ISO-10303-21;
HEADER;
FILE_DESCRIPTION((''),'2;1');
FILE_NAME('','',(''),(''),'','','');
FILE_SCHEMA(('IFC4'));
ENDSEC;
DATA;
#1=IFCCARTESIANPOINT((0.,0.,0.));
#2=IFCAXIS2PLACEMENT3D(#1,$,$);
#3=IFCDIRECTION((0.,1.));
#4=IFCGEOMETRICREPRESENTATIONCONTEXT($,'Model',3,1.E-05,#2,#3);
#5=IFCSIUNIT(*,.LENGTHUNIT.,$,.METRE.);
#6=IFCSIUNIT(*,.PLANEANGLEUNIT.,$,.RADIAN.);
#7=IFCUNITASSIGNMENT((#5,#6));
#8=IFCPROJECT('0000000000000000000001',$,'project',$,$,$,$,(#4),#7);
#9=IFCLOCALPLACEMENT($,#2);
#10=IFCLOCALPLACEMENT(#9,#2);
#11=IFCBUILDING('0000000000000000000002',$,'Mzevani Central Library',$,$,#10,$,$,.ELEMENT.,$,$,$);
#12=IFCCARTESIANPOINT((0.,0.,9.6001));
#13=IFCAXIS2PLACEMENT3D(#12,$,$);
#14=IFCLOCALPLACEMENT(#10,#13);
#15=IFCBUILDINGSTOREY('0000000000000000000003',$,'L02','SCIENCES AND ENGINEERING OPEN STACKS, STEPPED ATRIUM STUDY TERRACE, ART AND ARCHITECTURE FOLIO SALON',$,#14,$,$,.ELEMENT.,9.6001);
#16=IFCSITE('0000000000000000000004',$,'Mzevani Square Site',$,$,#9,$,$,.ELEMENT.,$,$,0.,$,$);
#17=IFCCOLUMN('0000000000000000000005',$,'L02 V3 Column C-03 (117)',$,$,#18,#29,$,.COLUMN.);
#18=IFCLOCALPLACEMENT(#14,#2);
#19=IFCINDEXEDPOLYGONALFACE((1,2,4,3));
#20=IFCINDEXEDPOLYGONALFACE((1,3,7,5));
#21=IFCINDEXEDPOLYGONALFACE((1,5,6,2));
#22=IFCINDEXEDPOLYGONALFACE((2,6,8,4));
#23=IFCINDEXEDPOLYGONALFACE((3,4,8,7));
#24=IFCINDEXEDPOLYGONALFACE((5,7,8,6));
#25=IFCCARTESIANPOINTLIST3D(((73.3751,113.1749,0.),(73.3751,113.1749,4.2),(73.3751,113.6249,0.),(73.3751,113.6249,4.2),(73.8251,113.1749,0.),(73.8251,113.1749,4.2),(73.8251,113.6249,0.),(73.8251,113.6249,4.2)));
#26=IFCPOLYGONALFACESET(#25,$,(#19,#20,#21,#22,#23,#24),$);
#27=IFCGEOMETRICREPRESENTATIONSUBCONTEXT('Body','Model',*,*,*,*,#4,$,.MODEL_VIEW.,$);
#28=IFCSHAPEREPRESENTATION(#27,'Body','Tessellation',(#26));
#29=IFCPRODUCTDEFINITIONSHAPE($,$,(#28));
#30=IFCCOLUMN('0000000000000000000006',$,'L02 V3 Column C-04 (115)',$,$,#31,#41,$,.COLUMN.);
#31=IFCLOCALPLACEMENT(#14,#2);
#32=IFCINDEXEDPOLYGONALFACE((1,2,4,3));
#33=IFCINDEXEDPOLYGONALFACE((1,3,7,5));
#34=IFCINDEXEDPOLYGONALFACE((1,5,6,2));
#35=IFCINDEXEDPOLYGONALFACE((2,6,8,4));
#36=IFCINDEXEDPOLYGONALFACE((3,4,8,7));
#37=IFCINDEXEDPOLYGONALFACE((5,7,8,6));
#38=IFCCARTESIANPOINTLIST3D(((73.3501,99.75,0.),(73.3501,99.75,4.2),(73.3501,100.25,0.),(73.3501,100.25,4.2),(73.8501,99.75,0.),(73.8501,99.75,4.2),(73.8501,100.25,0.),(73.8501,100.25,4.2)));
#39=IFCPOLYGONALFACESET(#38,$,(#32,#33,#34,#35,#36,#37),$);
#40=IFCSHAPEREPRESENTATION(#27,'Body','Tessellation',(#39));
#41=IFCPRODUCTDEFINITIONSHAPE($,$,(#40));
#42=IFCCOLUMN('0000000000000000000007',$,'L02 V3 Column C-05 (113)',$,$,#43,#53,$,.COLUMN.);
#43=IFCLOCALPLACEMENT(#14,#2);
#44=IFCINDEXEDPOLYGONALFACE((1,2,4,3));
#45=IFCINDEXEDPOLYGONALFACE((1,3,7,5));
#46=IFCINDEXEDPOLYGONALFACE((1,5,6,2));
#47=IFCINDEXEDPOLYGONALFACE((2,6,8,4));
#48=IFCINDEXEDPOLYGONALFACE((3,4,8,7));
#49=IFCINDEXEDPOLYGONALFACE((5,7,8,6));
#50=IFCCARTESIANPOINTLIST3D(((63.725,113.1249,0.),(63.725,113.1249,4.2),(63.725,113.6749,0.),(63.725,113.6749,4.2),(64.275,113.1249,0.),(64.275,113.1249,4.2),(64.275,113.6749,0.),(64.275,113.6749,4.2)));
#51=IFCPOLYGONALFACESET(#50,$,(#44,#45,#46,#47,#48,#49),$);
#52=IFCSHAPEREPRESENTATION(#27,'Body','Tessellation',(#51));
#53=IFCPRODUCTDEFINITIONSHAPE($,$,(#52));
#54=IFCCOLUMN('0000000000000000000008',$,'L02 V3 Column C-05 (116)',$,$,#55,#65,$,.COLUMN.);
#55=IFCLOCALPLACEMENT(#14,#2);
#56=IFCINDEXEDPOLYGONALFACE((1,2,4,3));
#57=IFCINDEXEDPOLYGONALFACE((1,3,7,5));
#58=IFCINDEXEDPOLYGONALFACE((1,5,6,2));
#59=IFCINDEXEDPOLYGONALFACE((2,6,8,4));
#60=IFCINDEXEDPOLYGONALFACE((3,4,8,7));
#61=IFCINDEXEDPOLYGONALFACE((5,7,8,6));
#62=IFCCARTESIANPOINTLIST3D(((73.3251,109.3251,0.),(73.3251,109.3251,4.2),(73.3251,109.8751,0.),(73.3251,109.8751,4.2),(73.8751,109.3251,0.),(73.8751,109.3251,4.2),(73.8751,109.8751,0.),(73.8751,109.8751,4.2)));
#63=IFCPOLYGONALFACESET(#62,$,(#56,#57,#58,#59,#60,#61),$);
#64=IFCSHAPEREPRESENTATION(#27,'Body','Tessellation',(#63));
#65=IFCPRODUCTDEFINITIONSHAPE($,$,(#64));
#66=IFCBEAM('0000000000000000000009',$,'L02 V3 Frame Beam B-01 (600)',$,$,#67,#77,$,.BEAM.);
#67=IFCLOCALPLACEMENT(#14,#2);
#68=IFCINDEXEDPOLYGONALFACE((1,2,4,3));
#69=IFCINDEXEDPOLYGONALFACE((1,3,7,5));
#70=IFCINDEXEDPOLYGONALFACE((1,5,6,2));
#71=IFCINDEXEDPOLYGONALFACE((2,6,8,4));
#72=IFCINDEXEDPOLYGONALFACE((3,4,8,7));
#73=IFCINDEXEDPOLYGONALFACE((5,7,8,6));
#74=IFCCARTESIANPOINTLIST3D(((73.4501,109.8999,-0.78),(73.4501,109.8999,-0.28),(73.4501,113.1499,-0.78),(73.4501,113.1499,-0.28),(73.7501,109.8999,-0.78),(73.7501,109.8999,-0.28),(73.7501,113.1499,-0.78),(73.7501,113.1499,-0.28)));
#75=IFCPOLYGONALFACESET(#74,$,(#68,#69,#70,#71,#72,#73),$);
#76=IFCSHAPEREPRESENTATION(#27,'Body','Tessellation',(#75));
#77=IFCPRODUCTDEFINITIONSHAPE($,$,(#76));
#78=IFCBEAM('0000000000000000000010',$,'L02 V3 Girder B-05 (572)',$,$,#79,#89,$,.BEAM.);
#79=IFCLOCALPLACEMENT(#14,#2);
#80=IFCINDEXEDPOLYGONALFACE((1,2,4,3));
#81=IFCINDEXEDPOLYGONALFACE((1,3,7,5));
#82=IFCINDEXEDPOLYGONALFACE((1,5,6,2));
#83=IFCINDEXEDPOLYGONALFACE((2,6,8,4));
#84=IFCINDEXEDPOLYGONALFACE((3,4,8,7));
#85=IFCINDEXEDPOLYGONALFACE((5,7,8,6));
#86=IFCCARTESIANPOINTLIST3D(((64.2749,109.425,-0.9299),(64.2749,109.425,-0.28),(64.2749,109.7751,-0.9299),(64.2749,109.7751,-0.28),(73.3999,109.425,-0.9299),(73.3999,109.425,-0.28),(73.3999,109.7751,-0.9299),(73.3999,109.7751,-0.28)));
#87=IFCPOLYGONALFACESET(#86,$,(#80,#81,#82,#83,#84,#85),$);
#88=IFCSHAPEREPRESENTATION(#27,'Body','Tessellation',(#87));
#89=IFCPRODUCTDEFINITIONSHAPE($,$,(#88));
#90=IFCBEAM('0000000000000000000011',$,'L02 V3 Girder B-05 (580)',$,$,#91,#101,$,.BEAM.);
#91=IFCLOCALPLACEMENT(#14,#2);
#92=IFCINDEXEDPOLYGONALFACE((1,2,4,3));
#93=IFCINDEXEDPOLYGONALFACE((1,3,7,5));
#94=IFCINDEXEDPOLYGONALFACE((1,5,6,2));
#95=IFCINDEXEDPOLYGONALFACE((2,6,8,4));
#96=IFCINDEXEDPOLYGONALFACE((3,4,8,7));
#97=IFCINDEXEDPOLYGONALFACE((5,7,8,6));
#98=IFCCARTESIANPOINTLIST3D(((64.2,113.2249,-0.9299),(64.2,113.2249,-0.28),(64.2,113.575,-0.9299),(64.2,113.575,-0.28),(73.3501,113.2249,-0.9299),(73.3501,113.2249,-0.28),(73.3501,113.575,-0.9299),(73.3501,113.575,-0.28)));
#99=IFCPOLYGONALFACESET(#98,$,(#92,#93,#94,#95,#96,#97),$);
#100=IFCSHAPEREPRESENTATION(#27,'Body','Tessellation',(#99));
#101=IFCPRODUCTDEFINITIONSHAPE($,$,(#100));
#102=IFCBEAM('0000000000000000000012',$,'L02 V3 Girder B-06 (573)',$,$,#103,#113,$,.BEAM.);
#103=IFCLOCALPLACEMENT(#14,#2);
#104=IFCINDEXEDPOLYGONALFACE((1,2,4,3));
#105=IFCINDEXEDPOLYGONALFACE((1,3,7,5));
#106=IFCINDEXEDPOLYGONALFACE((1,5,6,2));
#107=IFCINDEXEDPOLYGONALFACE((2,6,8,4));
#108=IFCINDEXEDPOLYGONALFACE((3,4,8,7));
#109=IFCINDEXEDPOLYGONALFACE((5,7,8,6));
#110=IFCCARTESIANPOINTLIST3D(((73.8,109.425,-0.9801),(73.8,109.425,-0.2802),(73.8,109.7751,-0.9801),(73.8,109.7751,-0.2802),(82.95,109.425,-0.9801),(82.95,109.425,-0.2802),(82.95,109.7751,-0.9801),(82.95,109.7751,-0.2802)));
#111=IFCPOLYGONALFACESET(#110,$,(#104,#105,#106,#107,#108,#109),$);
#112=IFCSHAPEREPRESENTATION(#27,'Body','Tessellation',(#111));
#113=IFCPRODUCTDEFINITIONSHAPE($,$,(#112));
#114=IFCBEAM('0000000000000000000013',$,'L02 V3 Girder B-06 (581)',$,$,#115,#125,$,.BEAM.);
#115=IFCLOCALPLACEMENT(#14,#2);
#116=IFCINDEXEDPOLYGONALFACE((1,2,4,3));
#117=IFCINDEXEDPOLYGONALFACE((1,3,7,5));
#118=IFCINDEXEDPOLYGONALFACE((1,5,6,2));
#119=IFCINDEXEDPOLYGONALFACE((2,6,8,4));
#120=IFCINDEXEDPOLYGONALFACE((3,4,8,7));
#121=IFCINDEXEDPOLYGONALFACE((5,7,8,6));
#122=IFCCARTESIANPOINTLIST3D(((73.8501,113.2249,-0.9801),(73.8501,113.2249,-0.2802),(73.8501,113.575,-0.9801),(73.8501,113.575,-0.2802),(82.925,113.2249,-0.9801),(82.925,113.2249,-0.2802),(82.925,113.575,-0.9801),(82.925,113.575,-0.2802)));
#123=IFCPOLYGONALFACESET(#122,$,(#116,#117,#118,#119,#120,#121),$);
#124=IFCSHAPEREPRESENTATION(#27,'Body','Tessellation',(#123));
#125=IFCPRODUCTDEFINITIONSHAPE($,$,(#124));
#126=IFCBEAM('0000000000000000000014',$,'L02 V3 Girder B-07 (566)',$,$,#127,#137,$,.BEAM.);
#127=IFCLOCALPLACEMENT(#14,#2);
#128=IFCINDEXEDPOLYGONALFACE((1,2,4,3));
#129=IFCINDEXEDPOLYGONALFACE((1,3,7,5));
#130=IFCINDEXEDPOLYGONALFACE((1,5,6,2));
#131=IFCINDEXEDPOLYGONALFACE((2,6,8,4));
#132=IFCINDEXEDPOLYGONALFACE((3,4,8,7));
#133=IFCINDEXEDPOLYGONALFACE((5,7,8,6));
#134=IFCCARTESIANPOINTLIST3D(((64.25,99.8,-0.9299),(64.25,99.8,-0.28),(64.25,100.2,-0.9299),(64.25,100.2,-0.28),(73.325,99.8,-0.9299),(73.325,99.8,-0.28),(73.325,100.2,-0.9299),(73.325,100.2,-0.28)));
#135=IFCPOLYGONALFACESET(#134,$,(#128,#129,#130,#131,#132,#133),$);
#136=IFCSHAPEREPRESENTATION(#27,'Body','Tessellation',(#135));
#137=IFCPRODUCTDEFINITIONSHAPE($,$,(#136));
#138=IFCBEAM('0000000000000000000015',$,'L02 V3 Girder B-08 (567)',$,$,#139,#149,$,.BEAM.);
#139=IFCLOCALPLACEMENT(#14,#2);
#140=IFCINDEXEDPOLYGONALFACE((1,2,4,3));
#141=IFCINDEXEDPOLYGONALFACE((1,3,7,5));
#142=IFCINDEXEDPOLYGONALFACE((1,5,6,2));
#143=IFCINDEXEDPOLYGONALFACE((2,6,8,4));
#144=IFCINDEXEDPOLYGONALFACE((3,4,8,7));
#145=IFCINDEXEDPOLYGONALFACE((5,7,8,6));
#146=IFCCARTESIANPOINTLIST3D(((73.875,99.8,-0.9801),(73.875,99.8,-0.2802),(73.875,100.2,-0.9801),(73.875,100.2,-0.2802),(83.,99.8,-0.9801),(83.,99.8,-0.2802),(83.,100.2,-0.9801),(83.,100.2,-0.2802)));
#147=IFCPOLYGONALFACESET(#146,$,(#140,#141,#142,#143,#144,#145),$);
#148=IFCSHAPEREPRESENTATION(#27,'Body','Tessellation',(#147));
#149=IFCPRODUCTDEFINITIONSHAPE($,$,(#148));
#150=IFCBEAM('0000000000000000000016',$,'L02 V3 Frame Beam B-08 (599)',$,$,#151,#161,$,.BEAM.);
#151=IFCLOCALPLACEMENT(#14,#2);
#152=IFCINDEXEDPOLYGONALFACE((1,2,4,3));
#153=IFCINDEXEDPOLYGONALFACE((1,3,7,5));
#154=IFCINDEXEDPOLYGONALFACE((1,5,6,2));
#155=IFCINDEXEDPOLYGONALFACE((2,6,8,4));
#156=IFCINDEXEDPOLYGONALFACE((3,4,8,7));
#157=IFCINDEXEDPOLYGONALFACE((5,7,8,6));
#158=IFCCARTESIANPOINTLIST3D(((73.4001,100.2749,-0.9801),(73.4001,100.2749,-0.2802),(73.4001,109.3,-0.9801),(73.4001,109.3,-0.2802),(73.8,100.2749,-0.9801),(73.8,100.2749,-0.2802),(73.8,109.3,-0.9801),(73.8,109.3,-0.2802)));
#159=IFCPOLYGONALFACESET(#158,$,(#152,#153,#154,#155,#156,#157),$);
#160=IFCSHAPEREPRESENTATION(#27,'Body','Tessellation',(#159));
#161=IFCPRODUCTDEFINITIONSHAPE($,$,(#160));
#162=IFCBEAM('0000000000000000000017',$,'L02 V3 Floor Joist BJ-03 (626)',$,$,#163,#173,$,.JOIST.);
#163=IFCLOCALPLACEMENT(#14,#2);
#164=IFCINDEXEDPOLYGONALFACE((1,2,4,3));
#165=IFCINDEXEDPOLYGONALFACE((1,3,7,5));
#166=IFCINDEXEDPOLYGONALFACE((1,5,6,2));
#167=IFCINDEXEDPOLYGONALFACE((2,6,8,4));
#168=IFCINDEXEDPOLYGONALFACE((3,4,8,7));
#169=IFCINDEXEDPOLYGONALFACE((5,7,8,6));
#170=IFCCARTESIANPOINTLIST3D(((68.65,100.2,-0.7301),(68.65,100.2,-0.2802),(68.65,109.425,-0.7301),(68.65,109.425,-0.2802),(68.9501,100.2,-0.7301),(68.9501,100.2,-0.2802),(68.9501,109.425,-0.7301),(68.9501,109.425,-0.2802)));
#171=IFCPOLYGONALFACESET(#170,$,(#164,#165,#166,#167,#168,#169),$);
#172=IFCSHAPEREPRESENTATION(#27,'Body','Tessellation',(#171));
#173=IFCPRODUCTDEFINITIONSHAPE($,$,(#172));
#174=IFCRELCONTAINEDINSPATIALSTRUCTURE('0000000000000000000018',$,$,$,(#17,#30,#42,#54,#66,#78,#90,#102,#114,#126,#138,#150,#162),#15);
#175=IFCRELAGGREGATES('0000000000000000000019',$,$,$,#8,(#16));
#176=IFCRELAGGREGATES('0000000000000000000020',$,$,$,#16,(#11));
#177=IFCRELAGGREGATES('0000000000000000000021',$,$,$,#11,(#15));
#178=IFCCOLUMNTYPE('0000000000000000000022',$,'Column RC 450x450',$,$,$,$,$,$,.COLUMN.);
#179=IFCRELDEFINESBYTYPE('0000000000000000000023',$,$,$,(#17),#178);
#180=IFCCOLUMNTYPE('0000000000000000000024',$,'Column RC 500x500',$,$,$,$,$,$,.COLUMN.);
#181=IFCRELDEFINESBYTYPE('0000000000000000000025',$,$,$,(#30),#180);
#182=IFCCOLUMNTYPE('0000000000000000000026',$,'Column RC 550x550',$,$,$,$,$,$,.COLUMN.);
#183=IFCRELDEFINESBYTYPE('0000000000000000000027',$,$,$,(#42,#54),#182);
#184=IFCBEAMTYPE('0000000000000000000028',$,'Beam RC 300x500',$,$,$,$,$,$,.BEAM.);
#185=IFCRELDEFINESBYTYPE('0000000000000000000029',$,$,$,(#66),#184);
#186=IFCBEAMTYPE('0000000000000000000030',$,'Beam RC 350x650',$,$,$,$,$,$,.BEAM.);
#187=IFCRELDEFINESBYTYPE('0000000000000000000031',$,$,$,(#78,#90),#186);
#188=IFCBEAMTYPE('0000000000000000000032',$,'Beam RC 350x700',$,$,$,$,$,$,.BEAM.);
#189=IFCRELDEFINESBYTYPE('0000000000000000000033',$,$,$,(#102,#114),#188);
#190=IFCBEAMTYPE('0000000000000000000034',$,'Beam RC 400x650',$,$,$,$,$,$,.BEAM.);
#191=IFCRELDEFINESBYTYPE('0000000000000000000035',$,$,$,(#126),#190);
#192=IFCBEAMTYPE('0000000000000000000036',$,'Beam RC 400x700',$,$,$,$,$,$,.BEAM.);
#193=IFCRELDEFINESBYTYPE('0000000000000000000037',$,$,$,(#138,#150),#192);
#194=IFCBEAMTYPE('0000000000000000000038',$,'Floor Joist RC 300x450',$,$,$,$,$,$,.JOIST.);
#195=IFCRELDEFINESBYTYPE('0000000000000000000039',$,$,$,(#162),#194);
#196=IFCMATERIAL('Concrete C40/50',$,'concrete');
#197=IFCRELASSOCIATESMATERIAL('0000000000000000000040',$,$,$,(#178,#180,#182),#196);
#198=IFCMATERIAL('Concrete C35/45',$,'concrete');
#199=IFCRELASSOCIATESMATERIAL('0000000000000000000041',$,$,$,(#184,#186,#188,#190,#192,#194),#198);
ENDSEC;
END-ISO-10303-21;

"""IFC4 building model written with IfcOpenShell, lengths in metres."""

from ifc_helpers import new_model, si_unit, direction, frame, origin, origin_2d, place, context, subcontext, project, spatial, rectangle, extrude, material, material_profile, profile_set, type_object, element, save


model = new_model("IFC4")

# Units and contexts
model_context = context("Model", 3, precision=1e-05, world=origin(), true_north=direction((0.0, 1.0)))
body_context = subcontext(model_context, "Body", "Model", "MODEL_VIEW")
ifc_project = project(units=[si_unit("LENGTHUNIT", "METRE"), si_unit("PLANEANGLEUNIT", "RADIAN")], contexts=[model_context])

# Site, building, storey
site_placement = place(None, origin())
site = spatial("IfcSite", under=ifc_project, at=site_placement, Name="Mzevani Square Site", CompositionType="ELEMENT", RefElevation=0.0)
building_placement = place(site_placement, origin())
building = spatial("IfcBuilding", under=site, at=building_placement, Name="Mzevani Central Library", CompositionType="ELEMENT")
storey_placement = place(building_placement, frame((0.0, 0.0, 9.6001)))
storey = spatial("IfcBuildingStorey", under=building, at=storey_placement, Name="L02", Description="SCIENCES AND ENGINEERING OPEN STACKS, STEPPED ATRIUM STUDY TERRACE, ART AND ARCHITECTURE FOLIO SALON", CompositionType="ELEMENT", Elevation=9.6001)

# Columns
ifc_material_1 = material(Name="Concrete C40/50", Category="concrete")
ifc_material_profile_1 = material_profile(ifc_material_1, rectangle(XDim=0.45, YDim=0.45, at=origin_2d()), Name="RC 450x450")
ifc_profile_set_1 = profile_set([ifc_material_profile_1], Name="Concrete C40/50")
column_type_1 = type_object("IfcColumnType", Name="Column RC 450x450", PredefinedType="COLUMN", material=ifc_profile_set_1)
column_1_placement = place(storey_placement, frame((73.6001, 113.3999, 0.0), z_axis=(0.0, 0.0, 1.0), x_axis=(1.0, 0.0, 0.0)))
element("IfcColumn", 1, at=column_1_placement, inside=storey, type_object=column_type_1, Name="L02 V3 Column C-03 (117)", PredefinedType="COLUMN", context=body_context, shape_type="SweptSolid", body=[
    extrude(rectangle(XDim=0.45, YDim=0.45, at=origin_2d()), origin(), (0.0, 0.0, 1.0), 4.2),
])
ifc_material_profile_2 = material_profile(ifc_material_1, rectangle(XDim=0.5, YDim=0.5, at=origin_2d()), Name="RC 500x500")
ifc_profile_set_2 = profile_set([ifc_material_profile_2], Name="Concrete C40/50")
column_type_2 = type_object("IfcColumnType", Name="Column RC 500x500", PredefinedType="COLUMN", material=ifc_profile_set_2)
column_2_placement = place(storey_placement, frame((73.6001, 100.0, 0.0), z_axis=(0.0, 0.0, 1.0), x_axis=(1.0, 0.0, 0.0)))
element("IfcColumn", 2, at=column_2_placement, inside=storey, type_object=column_type_2, Name="L02 V3 Column C-04 (115)", PredefinedType="COLUMN", context=body_context, shape_type="SweptSolid", body=[
    extrude(rectangle(XDim=0.5, YDim=0.5, at=origin_2d()), origin(), (0.0, 0.0, 1.0), 4.2),
])
ifc_material_profile_3 = material_profile(ifc_material_1, rectangle(XDim=0.55, YDim=0.55, at=origin_2d()), Name="RC 550x550")
ifc_profile_set_3 = profile_set([ifc_material_profile_3], Name="Concrete C40/50")
column_type_3 = type_object("IfcColumnType", Name="Column RC 550x550", PredefinedType="COLUMN", material=ifc_profile_set_3)
for number, where, z_axis, x_axis, name in (
    (3, (64.0, 113.3999, 0.0), (0.0, 0.0, 1.0), (1.0, 0.0, 0.0), "L02 V3 Column C-05 (113)"),
    (4, (73.6001, 109.6001, 0.0), (0.0, 0.0, 1.0), (1.0, 0.0, 0.0), "L02 V3 Column C-05 (116)"),
):
    element("IfcColumn", number, at=place(storey_placement, frame(where, z_axis=z_axis, x_axis=x_axis)), inside=storey, type_object=column_type_3, Name=name, PredefinedType="COLUMN", context=body_context, shape_type="SweptSolid", body=[
        extrude(rectangle(XDim=0.55, YDim=0.55, at=origin_2d()), origin(), (0.0, 0.0, 1.0), 4.2),
    ])

# Beams
ifc_material_2 = material(Name="Concrete C35/45", Category="concrete")
ifc_material_profile_4 = material_profile(ifc_material_2, rectangle(XDim=0.3, YDim=0.5, at=origin_2d()), Name="RC B300x500")
ifc_profile_set_4 = profile_set([ifc_material_profile_4], Name="Concrete C35/45")
beam_type_1 = type_object("IfcBeamType", Name="Beam RC 300x500", PredefinedType="BEAM", material=ifc_profile_set_4)
beam_1_placement = place(storey_placement, frame((73.6001, 109.8999, -0.53), z_axis=(0.0, 1.0, 0.0), x_axis=(-1.0, 0.0, 0.0)))
element("IfcBeam", 5, at=beam_1_placement, inside=storey, type_object=beam_type_1, Name="L02 V3 Frame Beam B-01 (600)", PredefinedType="BEAM", context=body_context, shape_type="SweptSolid", body=[
    extrude(rectangle(XDim=0.3, YDim=0.5, at=origin_2d()), origin(), (0.0, 0.0, 1.0), 3.25),
])
ifc_material_profile_5 = material_profile(ifc_material_2, rectangle(XDim=0.3501, YDim=0.6499, at=origin_2d()), Name="RC B350x650")
ifc_profile_set_5 = profile_set([ifc_material_profile_5], Name="Concrete C35/45")
beam_type_2 = type_object("IfcBeamType", Name="Beam RC 350x650", PredefinedType="BEAM", material=ifc_profile_set_5)
beam_2_placement = place(storey_placement, frame((64.2749, 109.6001, -0.605), z_axis=(1.0, 0.0, 0.0), x_axis=(0.0, 1.0, 0.0)))
element("IfcBeam", 6, at=beam_2_placement, inside=storey, type_object=beam_type_2, Name="L02 V3 Girder B-05 (572)", PredefinedType="BEAM", context=body_context, shape_type="SweptSolid", body=[
    extrude(rectangle(XDim=0.3501, YDim=0.6499, at=origin_2d()), origin(), (0.0, 0.0, 1.0), 9.125),
])
beam_3_placement = place(storey_placement, frame((64.2, 113.3999, -0.605), z_axis=(1.0, 0.0, 0.0), x_axis=(0.0, 1.0, 0.0)))
element("IfcBeam", 7, at=beam_3_placement, inside=storey, type_object=beam_type_2, Name="L02 V3 Girder B-05 (580)", PredefinedType="BEAM", context=body_context, shape_type="SweptSolid", body=[
    extrude(rectangle(XDim=0.3501, YDim=0.6499, at=origin_2d()), origin(), (0.0, 0.0, 1.0), 9.1501),
])
ifc_material_profile_6 = material_profile(ifc_material_2, rectangle(XDim=0.3501, YDim=0.7, at=origin_2d()), Name="RC B350x700")
ifc_profile_set_6 = profile_set([ifc_material_profile_6], Name="Concrete C35/45")
beam_type_3 = type_object("IfcBeamType", Name="Beam RC 350x700", PredefinedType="BEAM", material=ifc_profile_set_6)
beam_4_placement = place(storey_placement, frame((73.8, 109.6001, -0.6301), z_axis=(1.0, 0.0, 0.0), x_axis=(0.0, 1.0, 0.0)))
element("IfcBeam", 8, at=beam_4_placement, inside=storey, type_object=beam_type_3, Name="L02 V3 Girder B-06 (573)", PredefinedType="BEAM", context=body_context, shape_type="SweptSolid", body=[
    extrude(rectangle(XDim=0.3501, YDim=0.7, at=origin_2d()), origin(), (0.0, 0.0, 1.0), 9.1499),
])
beam_5_placement = place(storey_placement, frame((73.8501, 113.3999, -0.6301), z_axis=(1.0, 0.0, 0.0), x_axis=(0.0, 1.0, 0.0)))
element("IfcBeam", 9, at=beam_5_placement, inside=storey, type_object=beam_type_3, Name="L02 V3 Girder B-06 (581)", PredefinedType="BEAM", context=body_context, shape_type="SweptSolid", body=[
    extrude(rectangle(XDim=0.3501, YDim=0.7, at=origin_2d()), origin(), (0.0, 0.0, 1.0), 9.075),
])
ifc_material_profile_7 = material_profile(ifc_material_2, rectangle(XDim=0.3999, YDim=0.6499, at=origin_2d()), Name="RC B400x650")
ifc_profile_set_7 = profile_set([ifc_material_profile_7], Name="Concrete C35/45")
beam_type_4 = type_object("IfcBeamType", Name="Beam RC 400x650", PredefinedType="BEAM", material=ifc_profile_set_7)
beam_6_placement = place(storey_placement, frame((64.25, 100.0, -0.605), z_axis=(1.0, 0.0, 0.0), x_axis=(0.0, 1.0, 0.0)))
element("IfcBeam", 10, at=beam_6_placement, inside=storey, type_object=beam_type_4, Name="L02 V3 Girder B-07 (566)", PredefinedType="BEAM", context=body_context, shape_type="SweptSolid", body=[
    extrude(rectangle(XDim=0.3999, YDim=0.6499, at=origin_2d()), origin(), (0.0, 0.0, 1.0), 9.075),
])
ifc_material_profile_8 = material_profile(ifc_material_2, rectangle(XDim=0.3999, YDim=0.7, at=origin_2d()), Name="RC B400x700")
ifc_profile_set_8 = profile_set([ifc_material_profile_8], Name="Concrete C35/45")
beam_type_5 = type_object("IfcBeamType", Name="Beam RC 400x700", PredefinedType="BEAM", material=ifc_profile_set_8)
beam_7_placement = place(storey_placement, frame((73.875, 100.0, -0.6301), z_axis=(1.0, 0.0, 0.0), x_axis=(0.0, 1.0, 0.0)))
element("IfcBeam", 11, at=beam_7_placement, inside=storey, type_object=beam_type_5, Name="L02 V3 Girder B-08 (567)", PredefinedType="BEAM", context=body_context, shape_type="SweptSolid", body=[
    extrude(rectangle(XDim=0.3999, YDim=0.7, at=origin_2d()), origin(), (0.0, 0.0, 1.0), 9.125),
])
beam_8_placement = place(storey_placement, frame((73.6001, 100.2749, -0.6301), z_axis=(0.0, 1.0, 0.0), x_axis=(-1.0, 0.0, 0.0)))
element("IfcBeam", 12, at=beam_8_placement, inside=storey, type_object=beam_type_5, Name="L02 V3 Frame Beam B-08 (599)", PredefinedType="BEAM", context=body_context, shape_type="SweptSolid", body=[
    extrude(rectangle(XDim=0.3999, YDim=0.7, at=origin_2d()), origin(), (0.0, 0.0, 1.0), 9.0251),
])
ifc_material_profile_9 = material_profile(ifc_material_2, rectangle(XDim=0.3, YDim=0.45, at=origin_2d()), Name="RC J300x450")
ifc_profile_set_9 = profile_set([ifc_material_profile_9], Name="Concrete C35/45")
beam_type_6 = type_object("IfcBeamType", Name="Floor Joist RC 300x450", PredefinedType="JOIST", material=ifc_profile_set_9)
beam_9_placement = place(storey_placement, frame((68.8, 100.2, -0.5051), z_axis=(0.0, 1.0, 0.0), x_axis=(-1.0, 0.0, 0.0)))
element("IfcBeam", 13, at=beam_9_placement, inside=storey, type_object=beam_type_6, Name="L02 V3 Floor Joist BJ-03 (626)", PredefinedType="JOIST", context=body_context, shape_type="SweptSolid", body=[
    extrude(rectangle(XDim=0.3, YDim=0.45, at=origin_2d()), origin(), (0.0, 0.0, 1.0), 9.2251),
])

save(model, "model.ifc")
